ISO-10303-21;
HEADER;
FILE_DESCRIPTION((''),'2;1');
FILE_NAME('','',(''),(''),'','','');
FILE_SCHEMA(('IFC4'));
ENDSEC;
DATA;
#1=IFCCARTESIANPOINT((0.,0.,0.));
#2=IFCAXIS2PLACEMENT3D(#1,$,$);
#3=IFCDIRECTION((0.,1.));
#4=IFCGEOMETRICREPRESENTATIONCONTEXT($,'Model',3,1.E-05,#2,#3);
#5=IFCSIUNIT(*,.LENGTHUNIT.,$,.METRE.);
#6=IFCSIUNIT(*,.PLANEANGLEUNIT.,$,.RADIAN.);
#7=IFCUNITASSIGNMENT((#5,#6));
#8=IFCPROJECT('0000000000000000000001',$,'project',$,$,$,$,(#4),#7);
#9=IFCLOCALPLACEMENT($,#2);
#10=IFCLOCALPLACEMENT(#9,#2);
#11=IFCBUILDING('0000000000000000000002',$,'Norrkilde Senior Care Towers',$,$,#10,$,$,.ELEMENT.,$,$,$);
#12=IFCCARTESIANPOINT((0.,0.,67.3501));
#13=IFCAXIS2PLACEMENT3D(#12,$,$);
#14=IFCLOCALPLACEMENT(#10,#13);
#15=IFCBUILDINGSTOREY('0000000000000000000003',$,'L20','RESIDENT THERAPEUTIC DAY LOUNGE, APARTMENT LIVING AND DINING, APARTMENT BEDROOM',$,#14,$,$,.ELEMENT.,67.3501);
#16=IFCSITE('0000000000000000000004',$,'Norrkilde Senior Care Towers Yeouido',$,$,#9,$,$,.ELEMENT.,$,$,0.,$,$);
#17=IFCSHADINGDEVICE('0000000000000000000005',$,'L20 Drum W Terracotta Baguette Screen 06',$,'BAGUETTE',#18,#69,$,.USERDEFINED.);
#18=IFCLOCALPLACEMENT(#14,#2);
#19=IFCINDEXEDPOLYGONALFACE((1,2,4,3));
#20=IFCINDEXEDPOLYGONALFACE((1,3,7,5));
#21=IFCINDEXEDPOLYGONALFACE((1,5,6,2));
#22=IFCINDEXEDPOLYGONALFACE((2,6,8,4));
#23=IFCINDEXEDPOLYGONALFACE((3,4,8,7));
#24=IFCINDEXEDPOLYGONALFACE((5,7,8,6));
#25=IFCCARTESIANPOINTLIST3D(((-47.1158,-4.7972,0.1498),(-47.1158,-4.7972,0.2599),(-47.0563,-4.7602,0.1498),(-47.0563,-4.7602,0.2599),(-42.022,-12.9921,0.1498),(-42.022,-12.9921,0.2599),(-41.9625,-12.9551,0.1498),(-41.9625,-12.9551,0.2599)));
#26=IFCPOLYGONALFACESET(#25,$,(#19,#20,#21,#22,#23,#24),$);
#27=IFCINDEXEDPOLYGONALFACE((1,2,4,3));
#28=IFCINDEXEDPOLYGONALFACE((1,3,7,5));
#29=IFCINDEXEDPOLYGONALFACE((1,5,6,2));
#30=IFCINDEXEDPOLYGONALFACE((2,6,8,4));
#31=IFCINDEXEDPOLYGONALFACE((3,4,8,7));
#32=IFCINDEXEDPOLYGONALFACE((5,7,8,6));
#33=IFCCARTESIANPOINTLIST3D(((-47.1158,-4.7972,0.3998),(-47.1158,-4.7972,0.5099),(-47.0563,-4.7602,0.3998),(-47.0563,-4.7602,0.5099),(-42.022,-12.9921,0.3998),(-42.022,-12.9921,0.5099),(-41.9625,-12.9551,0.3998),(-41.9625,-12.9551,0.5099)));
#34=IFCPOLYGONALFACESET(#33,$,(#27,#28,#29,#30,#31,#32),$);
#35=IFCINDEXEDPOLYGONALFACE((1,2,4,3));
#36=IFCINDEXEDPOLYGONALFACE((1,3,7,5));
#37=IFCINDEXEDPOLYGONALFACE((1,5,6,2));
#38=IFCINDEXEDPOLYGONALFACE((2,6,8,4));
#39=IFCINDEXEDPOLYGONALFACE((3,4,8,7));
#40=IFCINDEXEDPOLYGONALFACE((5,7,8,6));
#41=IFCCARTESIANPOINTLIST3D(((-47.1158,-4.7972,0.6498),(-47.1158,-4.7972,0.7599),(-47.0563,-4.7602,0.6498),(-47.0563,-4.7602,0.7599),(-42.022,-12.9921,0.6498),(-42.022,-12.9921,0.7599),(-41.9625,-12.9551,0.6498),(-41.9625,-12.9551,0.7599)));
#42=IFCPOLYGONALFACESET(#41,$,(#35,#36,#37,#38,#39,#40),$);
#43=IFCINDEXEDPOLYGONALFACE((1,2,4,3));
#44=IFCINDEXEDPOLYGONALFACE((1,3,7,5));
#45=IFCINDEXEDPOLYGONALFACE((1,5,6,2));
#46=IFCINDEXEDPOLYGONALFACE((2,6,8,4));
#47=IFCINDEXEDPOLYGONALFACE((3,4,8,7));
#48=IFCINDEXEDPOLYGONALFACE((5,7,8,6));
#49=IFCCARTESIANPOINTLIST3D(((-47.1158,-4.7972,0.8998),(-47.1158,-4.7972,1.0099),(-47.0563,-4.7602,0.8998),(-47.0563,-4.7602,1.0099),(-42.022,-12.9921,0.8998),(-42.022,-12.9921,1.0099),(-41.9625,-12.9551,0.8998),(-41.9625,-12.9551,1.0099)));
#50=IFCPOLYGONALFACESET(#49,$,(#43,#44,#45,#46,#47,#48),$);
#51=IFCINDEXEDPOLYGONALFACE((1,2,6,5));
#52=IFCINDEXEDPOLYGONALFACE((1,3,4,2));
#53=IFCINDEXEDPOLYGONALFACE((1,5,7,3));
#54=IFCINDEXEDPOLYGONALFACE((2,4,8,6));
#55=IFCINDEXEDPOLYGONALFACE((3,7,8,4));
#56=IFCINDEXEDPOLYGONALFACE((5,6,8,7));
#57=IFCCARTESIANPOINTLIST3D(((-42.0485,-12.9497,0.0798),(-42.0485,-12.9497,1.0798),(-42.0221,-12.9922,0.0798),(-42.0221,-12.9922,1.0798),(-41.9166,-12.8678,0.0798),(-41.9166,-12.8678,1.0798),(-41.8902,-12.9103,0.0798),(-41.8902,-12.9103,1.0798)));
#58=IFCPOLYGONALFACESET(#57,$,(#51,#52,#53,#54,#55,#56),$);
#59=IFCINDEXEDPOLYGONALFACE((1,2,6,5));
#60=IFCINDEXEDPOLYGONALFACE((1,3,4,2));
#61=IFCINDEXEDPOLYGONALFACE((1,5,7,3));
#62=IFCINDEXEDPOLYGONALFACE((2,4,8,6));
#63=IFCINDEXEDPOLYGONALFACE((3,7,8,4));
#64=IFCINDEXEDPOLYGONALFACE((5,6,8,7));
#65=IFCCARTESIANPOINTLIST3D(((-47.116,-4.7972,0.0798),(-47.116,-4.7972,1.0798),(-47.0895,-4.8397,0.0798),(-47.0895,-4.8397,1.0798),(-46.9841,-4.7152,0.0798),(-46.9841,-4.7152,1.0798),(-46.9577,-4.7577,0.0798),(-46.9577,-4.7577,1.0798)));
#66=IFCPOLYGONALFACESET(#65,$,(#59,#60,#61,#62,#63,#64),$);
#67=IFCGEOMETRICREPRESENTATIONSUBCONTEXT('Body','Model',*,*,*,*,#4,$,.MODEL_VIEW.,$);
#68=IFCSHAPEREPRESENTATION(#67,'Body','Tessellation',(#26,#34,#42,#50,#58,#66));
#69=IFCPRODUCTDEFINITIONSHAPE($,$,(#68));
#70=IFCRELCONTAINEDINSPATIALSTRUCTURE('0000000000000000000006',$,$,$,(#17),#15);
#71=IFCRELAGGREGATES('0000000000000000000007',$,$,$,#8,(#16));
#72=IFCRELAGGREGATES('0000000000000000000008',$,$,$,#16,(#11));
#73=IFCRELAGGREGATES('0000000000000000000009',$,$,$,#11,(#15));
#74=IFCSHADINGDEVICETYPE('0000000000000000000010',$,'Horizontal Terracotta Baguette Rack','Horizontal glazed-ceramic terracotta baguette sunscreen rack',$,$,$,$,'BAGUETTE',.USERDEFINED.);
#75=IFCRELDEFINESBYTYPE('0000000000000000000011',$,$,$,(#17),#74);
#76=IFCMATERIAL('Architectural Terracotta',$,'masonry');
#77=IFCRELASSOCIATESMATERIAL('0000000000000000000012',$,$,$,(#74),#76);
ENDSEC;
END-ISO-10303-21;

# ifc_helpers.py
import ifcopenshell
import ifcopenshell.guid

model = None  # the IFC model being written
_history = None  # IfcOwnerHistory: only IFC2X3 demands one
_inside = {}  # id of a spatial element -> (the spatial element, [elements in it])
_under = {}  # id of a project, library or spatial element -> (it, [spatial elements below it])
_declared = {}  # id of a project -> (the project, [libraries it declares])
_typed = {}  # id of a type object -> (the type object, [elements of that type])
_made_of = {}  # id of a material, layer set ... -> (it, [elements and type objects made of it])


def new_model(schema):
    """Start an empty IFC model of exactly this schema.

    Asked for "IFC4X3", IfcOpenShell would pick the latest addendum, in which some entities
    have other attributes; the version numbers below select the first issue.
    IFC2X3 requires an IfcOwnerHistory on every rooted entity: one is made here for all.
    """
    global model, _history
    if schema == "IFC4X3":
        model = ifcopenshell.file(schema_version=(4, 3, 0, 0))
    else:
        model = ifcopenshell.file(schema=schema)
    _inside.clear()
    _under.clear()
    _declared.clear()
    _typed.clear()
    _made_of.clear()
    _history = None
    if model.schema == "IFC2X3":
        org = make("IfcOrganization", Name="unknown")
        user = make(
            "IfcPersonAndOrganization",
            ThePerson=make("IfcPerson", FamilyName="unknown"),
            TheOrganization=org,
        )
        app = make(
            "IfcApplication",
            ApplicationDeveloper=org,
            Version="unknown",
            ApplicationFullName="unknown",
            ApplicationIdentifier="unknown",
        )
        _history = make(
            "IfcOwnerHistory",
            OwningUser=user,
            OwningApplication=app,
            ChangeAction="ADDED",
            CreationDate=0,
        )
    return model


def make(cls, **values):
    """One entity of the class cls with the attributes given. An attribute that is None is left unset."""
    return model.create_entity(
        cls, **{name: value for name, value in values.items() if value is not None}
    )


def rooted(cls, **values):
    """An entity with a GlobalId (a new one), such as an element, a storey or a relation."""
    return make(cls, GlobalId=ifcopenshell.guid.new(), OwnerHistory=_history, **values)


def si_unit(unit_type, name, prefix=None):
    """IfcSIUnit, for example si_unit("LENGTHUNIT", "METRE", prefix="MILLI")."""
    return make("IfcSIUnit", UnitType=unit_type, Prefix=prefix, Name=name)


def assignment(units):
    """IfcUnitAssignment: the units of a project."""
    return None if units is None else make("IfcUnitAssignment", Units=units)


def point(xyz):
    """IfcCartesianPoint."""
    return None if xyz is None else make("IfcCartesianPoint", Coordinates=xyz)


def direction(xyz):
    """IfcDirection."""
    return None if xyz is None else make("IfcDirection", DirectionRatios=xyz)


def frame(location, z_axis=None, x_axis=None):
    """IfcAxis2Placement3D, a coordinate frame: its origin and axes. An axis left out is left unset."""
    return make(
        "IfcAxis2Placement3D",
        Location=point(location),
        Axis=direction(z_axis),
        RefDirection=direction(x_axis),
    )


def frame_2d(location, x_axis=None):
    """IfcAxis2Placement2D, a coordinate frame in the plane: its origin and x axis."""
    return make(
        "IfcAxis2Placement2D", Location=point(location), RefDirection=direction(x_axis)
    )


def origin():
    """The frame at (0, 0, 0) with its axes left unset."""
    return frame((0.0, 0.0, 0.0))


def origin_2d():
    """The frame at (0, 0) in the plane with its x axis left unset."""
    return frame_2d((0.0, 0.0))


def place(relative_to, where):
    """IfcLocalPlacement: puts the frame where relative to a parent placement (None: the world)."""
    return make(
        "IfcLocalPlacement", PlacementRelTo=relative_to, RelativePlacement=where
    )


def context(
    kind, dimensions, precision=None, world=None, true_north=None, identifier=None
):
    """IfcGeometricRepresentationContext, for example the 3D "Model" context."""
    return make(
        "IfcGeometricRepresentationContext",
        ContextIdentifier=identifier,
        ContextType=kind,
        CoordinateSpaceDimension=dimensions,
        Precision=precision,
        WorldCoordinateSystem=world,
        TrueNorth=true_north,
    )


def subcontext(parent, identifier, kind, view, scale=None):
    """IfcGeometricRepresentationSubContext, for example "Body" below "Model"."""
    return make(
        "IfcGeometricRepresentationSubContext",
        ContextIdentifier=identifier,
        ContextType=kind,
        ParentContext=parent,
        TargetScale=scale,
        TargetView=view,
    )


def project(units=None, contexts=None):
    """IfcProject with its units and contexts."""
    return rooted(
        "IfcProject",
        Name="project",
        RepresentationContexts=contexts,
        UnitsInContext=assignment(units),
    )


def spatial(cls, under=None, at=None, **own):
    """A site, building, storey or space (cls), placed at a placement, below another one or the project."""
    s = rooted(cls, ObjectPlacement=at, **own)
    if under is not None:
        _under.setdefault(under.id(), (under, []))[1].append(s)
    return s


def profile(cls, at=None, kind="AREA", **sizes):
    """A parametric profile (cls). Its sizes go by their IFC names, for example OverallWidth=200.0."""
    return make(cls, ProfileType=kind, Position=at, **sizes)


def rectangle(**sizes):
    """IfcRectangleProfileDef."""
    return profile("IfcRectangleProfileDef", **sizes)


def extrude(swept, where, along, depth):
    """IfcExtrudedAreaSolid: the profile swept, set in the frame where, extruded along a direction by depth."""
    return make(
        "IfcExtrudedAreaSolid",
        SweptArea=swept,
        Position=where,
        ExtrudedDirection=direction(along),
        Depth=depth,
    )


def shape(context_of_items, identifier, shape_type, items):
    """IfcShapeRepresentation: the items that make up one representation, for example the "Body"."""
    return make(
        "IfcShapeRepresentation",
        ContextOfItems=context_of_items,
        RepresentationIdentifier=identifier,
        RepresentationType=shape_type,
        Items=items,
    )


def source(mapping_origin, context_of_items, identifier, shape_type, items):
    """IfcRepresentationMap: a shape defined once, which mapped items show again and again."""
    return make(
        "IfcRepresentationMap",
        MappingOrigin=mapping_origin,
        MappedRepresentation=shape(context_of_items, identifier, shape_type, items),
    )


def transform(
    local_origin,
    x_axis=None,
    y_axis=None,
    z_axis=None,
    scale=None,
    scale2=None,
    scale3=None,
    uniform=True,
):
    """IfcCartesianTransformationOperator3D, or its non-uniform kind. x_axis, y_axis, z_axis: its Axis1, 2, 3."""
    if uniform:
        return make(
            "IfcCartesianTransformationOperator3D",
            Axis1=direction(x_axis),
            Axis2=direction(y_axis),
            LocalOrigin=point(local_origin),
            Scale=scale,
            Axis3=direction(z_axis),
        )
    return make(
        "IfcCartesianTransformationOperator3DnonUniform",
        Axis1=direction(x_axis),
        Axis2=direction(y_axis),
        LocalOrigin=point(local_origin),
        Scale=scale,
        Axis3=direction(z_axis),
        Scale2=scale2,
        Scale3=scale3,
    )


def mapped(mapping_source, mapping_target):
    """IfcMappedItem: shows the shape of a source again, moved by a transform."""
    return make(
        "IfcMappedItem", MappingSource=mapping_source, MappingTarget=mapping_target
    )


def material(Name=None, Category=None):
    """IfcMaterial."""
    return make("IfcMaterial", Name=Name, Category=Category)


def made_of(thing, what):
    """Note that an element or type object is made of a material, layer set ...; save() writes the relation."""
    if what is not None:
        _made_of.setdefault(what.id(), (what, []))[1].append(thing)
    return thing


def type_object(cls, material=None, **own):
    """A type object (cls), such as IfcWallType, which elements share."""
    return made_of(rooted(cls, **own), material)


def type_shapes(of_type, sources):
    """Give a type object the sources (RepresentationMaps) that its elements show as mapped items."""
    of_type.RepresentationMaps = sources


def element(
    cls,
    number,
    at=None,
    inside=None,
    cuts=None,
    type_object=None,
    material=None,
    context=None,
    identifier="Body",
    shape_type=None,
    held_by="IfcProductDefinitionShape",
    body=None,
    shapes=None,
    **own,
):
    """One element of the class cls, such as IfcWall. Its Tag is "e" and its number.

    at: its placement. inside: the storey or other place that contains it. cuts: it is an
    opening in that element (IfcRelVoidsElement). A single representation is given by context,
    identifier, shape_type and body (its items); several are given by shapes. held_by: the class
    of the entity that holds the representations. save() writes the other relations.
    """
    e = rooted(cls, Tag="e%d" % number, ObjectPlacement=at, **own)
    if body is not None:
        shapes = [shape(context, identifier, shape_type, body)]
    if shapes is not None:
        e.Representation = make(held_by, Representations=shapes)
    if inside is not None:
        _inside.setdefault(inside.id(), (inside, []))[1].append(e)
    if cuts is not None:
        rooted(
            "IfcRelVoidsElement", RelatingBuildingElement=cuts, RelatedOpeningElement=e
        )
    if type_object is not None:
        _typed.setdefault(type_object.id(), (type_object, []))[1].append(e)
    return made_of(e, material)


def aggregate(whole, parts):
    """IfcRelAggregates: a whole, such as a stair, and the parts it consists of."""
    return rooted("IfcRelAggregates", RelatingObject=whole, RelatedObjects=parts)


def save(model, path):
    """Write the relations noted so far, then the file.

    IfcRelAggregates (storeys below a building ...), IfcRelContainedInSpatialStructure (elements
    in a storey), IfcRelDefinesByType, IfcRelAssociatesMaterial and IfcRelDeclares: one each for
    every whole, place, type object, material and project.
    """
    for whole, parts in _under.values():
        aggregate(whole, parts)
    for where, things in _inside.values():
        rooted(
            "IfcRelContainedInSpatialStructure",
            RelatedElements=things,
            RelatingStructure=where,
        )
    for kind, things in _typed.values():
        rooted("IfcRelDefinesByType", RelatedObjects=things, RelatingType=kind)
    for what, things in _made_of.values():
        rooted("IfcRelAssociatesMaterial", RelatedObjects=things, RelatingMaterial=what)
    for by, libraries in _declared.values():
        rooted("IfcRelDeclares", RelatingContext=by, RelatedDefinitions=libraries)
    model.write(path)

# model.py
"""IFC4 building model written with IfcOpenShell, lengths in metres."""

from ifc_helpers import new_model, si_unit, direction, frame, origin, origin_2d, place, context, subcontext, project, spatial, rectangle, extrude, source, transform, mapped, material, type_object, type_shapes, element, save


model = new_model("IFC4")

# Units and contexts
model_context = context("Model", 3, precision=1e-05, world=origin(), true_north=direction((0.0, 1.0)))
body_context = subcontext(model_context, "Body", "Model", "MODEL_VIEW")
ifc_project = project(units=[si_unit("LENGTHUNIT", "METRE"), si_unit("PLANEANGLEUNIT", "RADIAN")], contexts=[model_context])

# Site, building, storey
site_placement = place(None, origin())
site = spatial("IfcSite", under=ifc_project, at=site_placement, Name="Norrkilde Senior Care Towers Yeouido", CompositionType="ELEMENT", RefElevation=0.0)
building_placement = place(site_placement, origin())
building = spatial("IfcBuilding", under=site, at=building_placement, Name="Norrkilde Senior Care Towers", CompositionType="ELEMENT")
storey_placement = place(building_placement, frame((0.0, 0.0, 67.3501)))
storey = spatial("IfcBuildingStorey", under=building, at=storey_placement, Name="L20", Description="RESIDENT THERAPEUTIC DAY LOUNGE, APARTMENT LIVING AND DINING, APARTMENT BEDROOM", CompositionType="ELEMENT", Elevation=67.3501)

# Shading device
ifc_material_1 = material(Name="Architectural Terracotta", Category="masonry")
shading_device_type = type_object("IfcShadingDeviceType", Name="Horizontal Terracotta Baguette Rack", Description="Horizontal glazed-ceramic terracotta baguette sunscreen rack", ElementType="BAGUETTE", PredefinedType="USERDEFINED", material=ifc_material_1)
shared_shape_1 = source(origin(), body_context, "Body", "SweptSolid", [
    extrude(rectangle(XDim=0.0701, YDim=0.1101, at=origin_2d()), frame((0.0, 0.0901, 0.125), z_axis=(1.0, 0.0, 0.0), x_axis=(0.0, 1.0, 0.0)), (0.0, 0.0, 1.0), 9.6489),
    extrude(rectangle(XDim=0.0701, YDim=0.1101, at=origin_2d()), frame((0.0, 0.0901, 0.375), z_axis=(1.0, 0.0, 0.0), x_axis=(0.0, 1.0, 0.0)), (0.0, 0.0, 1.0), 9.6489),
    extrude(rectangle(XDim=0.0701, YDim=0.1101, at=origin_2d()), frame((0.0, 0.0901, 0.625), z_axis=(1.0, 0.0, 0.0), x_axis=(0.0, 1.0, 0.0)), (0.0, 0.0, 1.0), 9.6489),
    extrude(rectangle(XDim=0.0701, YDim=0.1101, at=origin_2d()), frame((0.0, 0.0901, 0.875), z_axis=(1.0, 0.0, 0.0), x_axis=(0.0, 1.0, 0.0)), (0.0, 0.0, 1.0), 9.6489),
    extrude(rectangle(XDim=0.05, YDim=0.1553, at=origin_2d()), frame((0.0249, 0.0476, 0.0)), (0.0, 0.0, 1.0), 1.0),
    extrude(rectangle(XDim=0.05, YDim=0.1553, at=origin_2d()), frame((9.624, 0.0476, 0.0)), (0.0, 0.0, 1.0), 1.0),
])
type_shapes(shading_device_type, [shared_shape_1])
shading_device_placement = place(storey_placement, frame((-41.9158, -12.926, 0.0798), z_axis=(0.0, 0.0, 1.0), x_axis=(-0.527909, 0.849299, 0.0)))
element("IfcShadingDevice", 1, at=shading_device_placement, inside=storey, type_object=shading_device_type, Name="L20 Drum W Terracotta Baguette Screen 06", ObjectType="BAGUETTE", PredefinedType="USERDEFINED", context=body_context, shape_type="MappedRepresentation", body=[
    mapped(shared_shape_1, transform((0.0, 0.0, 0.0), x_axis=(1.0, 0.0, 0.0), y_axis=(0.0, 1.0, 0.0), z_axis=(0.0, 0.0, 1.0), scale=1.0)),
])

save(model, "model.ifc")
